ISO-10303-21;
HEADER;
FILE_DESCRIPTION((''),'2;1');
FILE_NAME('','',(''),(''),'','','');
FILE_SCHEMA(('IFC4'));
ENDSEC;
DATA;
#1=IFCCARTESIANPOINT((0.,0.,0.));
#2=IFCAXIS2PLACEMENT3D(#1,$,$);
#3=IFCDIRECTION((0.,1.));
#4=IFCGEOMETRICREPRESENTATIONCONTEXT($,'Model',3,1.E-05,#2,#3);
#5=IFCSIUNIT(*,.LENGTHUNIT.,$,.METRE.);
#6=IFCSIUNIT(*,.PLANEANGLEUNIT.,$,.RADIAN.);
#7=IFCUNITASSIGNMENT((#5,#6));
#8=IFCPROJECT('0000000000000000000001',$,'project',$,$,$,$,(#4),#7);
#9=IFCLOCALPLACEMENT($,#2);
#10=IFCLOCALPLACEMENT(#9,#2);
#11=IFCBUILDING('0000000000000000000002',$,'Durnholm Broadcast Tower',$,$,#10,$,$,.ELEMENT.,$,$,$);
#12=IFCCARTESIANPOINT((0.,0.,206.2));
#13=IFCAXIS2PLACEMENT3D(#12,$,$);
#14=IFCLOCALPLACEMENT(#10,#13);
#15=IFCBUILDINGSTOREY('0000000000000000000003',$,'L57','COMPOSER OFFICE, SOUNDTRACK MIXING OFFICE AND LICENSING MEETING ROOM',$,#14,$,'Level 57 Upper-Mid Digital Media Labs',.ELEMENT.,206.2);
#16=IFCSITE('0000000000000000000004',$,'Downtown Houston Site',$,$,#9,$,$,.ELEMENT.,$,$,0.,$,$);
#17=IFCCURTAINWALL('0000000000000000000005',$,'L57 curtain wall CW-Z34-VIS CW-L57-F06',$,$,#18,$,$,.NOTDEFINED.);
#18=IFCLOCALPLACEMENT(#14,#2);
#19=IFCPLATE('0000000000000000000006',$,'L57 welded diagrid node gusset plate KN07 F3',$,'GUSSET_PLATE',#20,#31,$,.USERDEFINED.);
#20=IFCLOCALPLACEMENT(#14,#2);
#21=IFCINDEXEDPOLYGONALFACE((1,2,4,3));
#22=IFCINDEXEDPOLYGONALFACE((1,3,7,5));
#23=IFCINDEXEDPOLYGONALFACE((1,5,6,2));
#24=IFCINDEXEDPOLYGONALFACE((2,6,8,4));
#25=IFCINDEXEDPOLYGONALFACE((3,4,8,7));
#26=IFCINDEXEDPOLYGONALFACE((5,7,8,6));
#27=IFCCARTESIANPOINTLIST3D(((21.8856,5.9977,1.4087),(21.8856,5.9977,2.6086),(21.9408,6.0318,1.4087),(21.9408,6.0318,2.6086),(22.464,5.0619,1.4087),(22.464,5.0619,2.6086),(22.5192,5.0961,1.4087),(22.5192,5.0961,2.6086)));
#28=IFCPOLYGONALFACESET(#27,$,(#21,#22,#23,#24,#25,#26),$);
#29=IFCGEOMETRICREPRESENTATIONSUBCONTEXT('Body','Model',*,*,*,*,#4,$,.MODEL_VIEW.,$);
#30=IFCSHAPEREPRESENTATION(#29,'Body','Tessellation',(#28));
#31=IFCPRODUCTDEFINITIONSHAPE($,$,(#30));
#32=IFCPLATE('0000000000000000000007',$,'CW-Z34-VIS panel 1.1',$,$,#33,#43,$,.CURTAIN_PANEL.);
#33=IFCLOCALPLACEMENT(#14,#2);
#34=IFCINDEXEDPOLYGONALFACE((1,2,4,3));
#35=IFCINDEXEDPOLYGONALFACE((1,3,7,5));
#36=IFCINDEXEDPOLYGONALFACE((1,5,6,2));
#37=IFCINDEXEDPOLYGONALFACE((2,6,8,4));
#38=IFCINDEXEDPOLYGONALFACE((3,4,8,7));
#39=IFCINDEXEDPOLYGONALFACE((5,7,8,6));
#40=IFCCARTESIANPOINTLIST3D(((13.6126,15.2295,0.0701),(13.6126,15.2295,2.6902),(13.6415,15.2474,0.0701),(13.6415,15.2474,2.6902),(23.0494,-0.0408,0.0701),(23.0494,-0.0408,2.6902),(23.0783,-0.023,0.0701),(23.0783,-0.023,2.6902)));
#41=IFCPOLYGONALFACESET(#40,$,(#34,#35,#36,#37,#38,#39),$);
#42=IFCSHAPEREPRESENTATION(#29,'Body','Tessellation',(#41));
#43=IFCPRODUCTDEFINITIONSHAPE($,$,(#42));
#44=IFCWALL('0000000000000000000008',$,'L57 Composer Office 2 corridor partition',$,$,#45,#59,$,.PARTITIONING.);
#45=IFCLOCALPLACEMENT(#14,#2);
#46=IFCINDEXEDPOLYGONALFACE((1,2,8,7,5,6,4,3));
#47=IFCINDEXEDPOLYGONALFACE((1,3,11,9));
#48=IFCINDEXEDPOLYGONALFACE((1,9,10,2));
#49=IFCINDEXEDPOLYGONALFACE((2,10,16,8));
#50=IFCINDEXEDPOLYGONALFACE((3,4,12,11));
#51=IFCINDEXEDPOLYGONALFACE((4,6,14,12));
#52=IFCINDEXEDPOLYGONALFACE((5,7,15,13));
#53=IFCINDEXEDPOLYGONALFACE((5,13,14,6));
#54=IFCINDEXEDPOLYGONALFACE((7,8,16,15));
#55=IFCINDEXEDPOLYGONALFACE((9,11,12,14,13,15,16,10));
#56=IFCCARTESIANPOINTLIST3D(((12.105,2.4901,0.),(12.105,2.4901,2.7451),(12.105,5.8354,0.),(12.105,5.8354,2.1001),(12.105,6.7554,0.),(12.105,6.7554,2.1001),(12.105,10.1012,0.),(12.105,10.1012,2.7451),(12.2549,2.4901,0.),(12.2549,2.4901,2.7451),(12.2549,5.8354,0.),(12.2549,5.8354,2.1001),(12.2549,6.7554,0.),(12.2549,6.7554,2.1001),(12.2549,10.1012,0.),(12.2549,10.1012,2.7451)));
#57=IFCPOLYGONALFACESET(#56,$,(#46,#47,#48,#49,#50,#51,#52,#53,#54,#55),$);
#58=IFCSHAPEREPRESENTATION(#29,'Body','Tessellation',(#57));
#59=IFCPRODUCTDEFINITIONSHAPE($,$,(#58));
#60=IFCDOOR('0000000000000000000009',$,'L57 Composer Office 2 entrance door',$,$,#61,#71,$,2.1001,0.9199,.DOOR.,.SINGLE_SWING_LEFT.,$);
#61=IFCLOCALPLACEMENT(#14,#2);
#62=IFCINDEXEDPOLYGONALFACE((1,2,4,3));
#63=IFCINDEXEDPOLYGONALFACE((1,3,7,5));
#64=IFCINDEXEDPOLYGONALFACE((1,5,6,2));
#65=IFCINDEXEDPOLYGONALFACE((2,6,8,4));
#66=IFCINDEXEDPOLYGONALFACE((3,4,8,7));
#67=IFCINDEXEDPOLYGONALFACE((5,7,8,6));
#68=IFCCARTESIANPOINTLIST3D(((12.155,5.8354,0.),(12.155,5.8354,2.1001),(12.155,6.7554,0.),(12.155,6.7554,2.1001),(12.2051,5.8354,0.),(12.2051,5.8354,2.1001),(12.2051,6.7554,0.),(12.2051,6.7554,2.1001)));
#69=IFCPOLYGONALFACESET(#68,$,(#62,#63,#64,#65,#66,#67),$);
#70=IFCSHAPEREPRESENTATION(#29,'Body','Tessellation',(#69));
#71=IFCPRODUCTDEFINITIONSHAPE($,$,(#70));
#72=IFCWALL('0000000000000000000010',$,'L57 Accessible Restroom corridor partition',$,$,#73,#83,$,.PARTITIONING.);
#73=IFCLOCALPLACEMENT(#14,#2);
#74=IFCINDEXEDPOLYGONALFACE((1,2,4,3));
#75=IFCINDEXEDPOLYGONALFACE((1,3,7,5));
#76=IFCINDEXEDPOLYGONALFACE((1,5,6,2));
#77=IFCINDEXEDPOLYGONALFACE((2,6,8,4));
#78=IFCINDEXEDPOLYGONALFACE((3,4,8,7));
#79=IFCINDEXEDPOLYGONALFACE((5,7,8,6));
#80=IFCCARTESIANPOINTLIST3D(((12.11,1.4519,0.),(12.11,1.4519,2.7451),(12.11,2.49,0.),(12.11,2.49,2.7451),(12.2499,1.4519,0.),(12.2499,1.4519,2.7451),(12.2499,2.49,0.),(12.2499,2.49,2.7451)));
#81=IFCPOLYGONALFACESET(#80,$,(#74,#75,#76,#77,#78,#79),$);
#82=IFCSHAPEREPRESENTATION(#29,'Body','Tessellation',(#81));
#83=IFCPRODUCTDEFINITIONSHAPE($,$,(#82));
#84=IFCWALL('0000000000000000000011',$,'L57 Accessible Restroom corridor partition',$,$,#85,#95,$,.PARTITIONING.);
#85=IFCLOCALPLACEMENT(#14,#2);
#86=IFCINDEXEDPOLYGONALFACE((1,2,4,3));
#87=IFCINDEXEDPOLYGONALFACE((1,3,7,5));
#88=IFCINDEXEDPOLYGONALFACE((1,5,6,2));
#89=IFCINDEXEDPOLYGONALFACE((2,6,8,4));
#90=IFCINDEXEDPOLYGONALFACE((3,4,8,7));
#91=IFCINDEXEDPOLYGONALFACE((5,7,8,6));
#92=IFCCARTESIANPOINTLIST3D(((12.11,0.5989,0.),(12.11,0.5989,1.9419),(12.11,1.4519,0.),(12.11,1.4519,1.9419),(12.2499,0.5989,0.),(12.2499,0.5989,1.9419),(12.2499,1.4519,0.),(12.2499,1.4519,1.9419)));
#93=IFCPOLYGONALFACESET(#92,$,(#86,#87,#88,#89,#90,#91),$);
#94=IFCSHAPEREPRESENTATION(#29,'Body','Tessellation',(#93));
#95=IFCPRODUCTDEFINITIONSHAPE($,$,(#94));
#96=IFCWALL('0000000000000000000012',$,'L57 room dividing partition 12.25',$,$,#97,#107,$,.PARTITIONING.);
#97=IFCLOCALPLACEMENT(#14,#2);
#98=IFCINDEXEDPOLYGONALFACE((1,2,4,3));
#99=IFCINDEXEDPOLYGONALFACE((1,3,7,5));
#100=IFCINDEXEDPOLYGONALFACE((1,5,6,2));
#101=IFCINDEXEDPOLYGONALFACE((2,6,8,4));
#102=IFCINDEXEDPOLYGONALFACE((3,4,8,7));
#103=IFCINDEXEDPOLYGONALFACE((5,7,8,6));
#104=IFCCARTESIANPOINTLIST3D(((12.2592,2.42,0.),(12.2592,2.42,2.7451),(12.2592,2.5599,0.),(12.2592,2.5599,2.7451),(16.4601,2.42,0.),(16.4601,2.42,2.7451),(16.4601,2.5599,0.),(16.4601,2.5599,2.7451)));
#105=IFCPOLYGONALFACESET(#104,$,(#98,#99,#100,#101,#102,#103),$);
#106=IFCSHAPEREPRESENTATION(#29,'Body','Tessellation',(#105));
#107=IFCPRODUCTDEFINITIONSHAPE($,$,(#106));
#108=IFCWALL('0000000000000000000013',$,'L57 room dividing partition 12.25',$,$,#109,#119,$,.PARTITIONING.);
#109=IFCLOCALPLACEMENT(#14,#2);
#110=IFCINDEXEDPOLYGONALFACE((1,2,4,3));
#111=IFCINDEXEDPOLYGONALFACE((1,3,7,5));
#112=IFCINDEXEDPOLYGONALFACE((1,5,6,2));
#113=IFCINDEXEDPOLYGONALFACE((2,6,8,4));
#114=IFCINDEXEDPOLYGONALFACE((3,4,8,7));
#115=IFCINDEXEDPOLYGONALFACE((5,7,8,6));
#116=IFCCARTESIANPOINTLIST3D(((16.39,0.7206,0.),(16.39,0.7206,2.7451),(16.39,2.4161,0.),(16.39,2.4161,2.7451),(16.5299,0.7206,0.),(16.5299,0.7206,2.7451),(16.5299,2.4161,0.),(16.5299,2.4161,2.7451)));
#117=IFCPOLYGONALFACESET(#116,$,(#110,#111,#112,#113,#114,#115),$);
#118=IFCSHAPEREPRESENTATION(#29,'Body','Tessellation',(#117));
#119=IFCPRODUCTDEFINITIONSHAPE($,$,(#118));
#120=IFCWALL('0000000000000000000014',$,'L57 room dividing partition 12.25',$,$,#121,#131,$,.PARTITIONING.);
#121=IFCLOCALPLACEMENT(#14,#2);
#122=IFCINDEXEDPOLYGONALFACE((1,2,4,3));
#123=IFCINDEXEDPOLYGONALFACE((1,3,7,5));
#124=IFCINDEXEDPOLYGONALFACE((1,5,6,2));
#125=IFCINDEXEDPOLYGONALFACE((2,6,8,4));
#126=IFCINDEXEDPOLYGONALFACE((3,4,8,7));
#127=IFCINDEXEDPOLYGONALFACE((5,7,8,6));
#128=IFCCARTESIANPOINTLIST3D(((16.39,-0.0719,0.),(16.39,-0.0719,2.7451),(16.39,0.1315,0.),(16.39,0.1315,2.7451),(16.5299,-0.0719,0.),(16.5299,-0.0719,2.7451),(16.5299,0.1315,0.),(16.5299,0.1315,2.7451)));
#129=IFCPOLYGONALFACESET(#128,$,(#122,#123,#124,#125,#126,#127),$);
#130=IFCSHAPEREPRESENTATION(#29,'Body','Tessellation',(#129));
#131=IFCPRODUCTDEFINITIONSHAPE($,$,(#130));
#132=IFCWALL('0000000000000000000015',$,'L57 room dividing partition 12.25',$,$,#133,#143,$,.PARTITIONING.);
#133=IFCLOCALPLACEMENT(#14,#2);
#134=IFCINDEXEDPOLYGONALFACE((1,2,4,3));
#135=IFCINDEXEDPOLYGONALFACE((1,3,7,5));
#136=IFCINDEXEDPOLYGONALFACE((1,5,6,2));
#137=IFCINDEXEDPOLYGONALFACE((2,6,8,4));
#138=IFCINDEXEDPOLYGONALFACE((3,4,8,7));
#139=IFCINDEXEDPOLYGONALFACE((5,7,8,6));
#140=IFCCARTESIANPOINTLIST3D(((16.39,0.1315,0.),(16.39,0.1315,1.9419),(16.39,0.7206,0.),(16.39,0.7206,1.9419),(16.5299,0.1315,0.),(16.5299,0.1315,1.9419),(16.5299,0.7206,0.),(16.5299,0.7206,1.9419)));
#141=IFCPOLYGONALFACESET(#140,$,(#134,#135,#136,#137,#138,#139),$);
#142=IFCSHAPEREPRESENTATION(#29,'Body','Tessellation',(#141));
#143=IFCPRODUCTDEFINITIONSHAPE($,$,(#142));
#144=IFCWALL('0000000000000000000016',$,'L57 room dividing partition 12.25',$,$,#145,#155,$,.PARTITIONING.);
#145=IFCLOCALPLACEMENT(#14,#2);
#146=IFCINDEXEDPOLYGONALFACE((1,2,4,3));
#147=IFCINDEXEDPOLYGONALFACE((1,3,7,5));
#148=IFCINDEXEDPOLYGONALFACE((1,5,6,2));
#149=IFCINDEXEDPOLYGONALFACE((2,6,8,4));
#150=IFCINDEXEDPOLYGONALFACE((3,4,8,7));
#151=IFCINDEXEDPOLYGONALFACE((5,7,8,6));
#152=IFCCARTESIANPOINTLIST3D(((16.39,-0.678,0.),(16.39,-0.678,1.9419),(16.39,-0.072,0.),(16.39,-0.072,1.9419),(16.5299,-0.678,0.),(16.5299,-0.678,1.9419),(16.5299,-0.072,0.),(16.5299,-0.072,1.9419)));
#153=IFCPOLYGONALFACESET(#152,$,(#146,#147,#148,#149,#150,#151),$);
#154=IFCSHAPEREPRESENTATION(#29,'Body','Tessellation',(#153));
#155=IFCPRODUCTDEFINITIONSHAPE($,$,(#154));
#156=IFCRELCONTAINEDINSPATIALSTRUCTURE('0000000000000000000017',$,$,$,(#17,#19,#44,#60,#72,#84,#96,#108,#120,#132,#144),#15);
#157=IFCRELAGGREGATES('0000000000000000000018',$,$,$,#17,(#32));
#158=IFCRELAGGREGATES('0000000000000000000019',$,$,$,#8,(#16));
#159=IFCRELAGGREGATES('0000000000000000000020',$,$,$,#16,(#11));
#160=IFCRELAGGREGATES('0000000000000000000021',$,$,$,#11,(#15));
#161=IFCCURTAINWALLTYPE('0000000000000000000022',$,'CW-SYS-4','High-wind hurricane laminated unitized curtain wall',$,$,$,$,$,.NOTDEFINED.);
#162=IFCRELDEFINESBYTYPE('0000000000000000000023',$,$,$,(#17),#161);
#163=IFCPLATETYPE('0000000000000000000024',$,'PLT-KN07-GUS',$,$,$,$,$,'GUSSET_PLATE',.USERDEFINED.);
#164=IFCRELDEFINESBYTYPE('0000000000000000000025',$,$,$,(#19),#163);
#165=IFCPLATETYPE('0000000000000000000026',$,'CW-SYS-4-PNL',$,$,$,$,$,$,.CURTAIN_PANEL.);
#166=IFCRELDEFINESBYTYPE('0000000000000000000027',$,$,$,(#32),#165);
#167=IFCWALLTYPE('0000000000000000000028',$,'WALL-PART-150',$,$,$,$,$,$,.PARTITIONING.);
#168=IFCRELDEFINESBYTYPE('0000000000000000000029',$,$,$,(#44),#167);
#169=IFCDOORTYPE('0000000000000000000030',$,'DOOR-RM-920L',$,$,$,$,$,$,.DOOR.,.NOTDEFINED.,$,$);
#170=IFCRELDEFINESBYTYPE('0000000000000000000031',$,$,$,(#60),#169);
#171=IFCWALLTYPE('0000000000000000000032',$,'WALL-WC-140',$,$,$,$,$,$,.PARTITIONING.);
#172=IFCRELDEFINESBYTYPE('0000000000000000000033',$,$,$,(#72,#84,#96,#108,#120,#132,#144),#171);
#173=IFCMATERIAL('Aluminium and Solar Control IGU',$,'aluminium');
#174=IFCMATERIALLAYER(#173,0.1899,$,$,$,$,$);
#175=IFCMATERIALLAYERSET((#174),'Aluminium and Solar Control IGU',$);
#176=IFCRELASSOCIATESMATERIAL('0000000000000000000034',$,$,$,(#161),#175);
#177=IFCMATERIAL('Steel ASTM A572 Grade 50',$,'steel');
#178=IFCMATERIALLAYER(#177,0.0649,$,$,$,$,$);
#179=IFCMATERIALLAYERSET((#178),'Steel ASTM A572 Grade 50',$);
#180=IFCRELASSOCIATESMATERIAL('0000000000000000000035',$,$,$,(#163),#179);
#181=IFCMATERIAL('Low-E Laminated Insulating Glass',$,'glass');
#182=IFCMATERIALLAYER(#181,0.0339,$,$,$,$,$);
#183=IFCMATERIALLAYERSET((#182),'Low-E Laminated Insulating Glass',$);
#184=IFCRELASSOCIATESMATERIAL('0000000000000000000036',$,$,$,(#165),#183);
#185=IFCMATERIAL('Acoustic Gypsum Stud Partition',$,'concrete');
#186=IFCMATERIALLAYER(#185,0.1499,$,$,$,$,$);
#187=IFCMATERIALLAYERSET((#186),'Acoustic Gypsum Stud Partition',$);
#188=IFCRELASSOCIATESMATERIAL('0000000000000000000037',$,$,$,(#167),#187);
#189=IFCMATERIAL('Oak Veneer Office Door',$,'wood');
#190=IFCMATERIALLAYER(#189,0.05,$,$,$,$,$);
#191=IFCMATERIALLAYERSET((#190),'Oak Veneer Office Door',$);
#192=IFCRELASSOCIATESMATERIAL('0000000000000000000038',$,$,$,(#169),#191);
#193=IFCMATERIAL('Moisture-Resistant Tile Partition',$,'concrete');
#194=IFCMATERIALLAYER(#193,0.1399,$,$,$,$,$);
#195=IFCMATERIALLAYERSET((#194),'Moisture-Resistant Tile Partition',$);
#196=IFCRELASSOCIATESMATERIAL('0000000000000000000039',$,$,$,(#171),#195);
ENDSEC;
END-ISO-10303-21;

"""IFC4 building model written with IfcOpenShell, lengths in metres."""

from ifc_helpers import new_model, si_unit, direction, frame, frame_2d, origin, origin_2d, place, context, subcontext, project, spatial, rectangle, extrude, source, transform, mapped, material, layer, layer_set, type_object, type_shapes, element, fill, aggregate, save


model = new_model("IFC4")

# Units and contexts
model_context = context("Model", 3, precision=1e-05, world=origin(), true_north=direction((0.0, 1.0)))
body_context = subcontext(model_context, "Body", "Model", "MODEL_VIEW")
ifc_project = project(units=[si_unit("LENGTHUNIT", "METRE"), si_unit("PLANEANGLEUNIT", "RADIAN")], contexts=[model_context])

# Site, building, storey
site_placement = place(None, origin())
site = spatial("IfcSite", under=ifc_project, at=site_placement, Name="Downtown Houston Site", CompositionType="ELEMENT", RefElevation=0.0)
building_placement = place(site_placement, origin())
building = spatial("IfcBuilding", under=site, at=building_placement, Name="Durnholm Broadcast Tower", CompositionType="ELEMENT")
storey_placement = place(building_placement, frame((0.0, 0.0, 206.2)))
storey = spatial("IfcBuildingStorey", under=building, at=storey_placement, Name="L57", Description="COMPOSER OFFICE, SOUNDTRACK MIXING OFFICE AND LICENSING MEETING ROOM", LongName="Level 57 Upper-Mid Digital Media Labs", CompositionType="ELEMENT", Elevation=206.2)

# Shared definitions
ifc_material_1 = material(Name="Aluminium and Solar Control IGU", Category="aluminium")

# Curtain wall
ifc_layer_1 = layer(ifc_material_1, 0.1899)
ifc_layer_set_1 = layer_set([ifc_layer_1], Name="Aluminium and Solar Control IGU")
curtain_wall_type_1 = type_object("IfcCurtainWallType", Name="CW-SYS-4", Description="High-wind hurricane laminated unitized curtain wall", PredefinedType="NOTDEFINED", material=ifc_layer_set_1)
curtain_wall_1_placement = place(storey_placement, origin())
curtain_wall_1 = element("IfcCurtainWall", 1, at=curtain_wall_1_placement, inside=storey, type_object=curtain_wall_type_1, Name="L57 curtain wall CW-Z34-VIS CW-L57-F06", PredefinedType="NOTDEFINED")

# Plate
ifc_material_2 = material(Name="Steel ASTM A572 Grade 50", Category="steel")
ifc_layer_2 = layer(ifc_material_2, 0.0649)
ifc_layer_set_2 = layer_set([ifc_layer_2], Name="Steel ASTM A572 Grade 50")
plate_type_1 = type_object("IfcPlateType", Name="PLT-KN07-GUS", ElementType="GUSSET_PLATE", PredefinedType="USERDEFINED", material=ifc_layer_set_2)
shared_shape_1 = source(origin(), body_context, "Body", "SweptSolid", [
    extrude(rectangle(XDim=1.1001, YDim=0.0649, at=origin_2d()), origin(), (0.0, 0.0, 1.0), 1.2),
])
type_shapes(plate_type_1, [shared_shape_1])
plate_1_placement = place(storey_placement, frame((22.2024, 5.5469, 1.4087), z_axis=(0.0, 0.0, 1.0), x_axis=(-0.525769, 0.850628, 0.0)))
element("IfcPlate", 2, at=plate_1_placement, inside=storey, type_object=plate_type_1, Name="L57 welded diagrid node gusset plate KN07 F3", ObjectType="GUSSET_PLATE", PredefinedType="USERDEFINED", context=body_context, shape_type="MappedRepresentation", body=[
    mapped(shared_shape_1, transform((0.0, 0.0, 0.0), x_axis=(1.0, 0.0, 0.0), y_axis=(0.0, 1.0, 0.0), z_axis=(0.0, 0.0, 1.0), scale=1.0)),
])

# Plate
ifc_material_3 = material(Name="Low-E Laminated Insulating Glass", Category="glass")
ifc_layer_3 = layer(ifc_material_3, 0.0339)
ifc_layer_set_3 = layer_set([ifc_layer_3], Name="Low-E Laminated Insulating Glass")
plate_type_2 = type_object("IfcPlateType", Name="CW-SYS-4-PNL", PredefinedType="CURTAIN_PANEL", material=ifc_layer_set_3)
shared_shape_2 = source(origin(), body_context, "Body", "SweptSolid", [
    extrude(rectangle(XDim=17.9509, YDim=0.0339, at=origin_2d()), origin(), (0.0, 0.0, 1.0), 2.6201),
])
type_shapes(plate_type_2, [shared_shape_2])
plate_2_placement = place(storey_placement, frame((18.3455, 7.6033, 0.0701), z_axis=(0.0, 0.0, 1.0), x_axis=(0.525698, -0.850671, 0.0)))
plate_2 = element("IfcPlate", 3, at=plate_2_placement, type_object=plate_type_2, Name="CW-Z34-VIS panel 1.1", PredefinedType="CURTAIN_PANEL", context=body_context, shape_type="MappedRepresentation", body=[
    mapped(shared_shape_2, transform((0.0, 0.0, 0.0), x_axis=(1.0, 0.0, 0.0), y_axis=(0.0, 1.0, 0.0), z_axis=(0.0, 0.0, 1.0), scale=1.0)),
])
aggregate(curtain_wall_1, [plate_2])

# Wall, opening, door
ifc_material_4 = material(Name="Acoustic Gypsum Stud Partition", Category="concrete")
ifc_layer_4 = layer(ifc_material_4, 0.1499)
ifc_layer_set_4 = layer_set([ifc_layer_4], Name="Acoustic Gypsum Stud Partition")
wall_type_1 = type_object("IfcWallType", Name="WALL-PART-150", PredefinedType="PARTITIONING", material=ifc_layer_set_4)
wall_1_placement = place(storey_placement, frame((12.1799, 2.49, 0.0), z_axis=(0.0, 0.0, 1.0), x_axis=(0.0, 1.0, 0.0)))
wall_1 = element("IfcWall", 4, at=wall_1_placement, inside=storey, type_object=wall_type_1, Name="L57 Composer Office 2 corridor partition", PredefinedType="PARTITIONING", context=body_context, shape_type="SweptSolid", body=[
    extrude(rectangle(XDim=7.6111, YDim=0.1499, at=frame_2d((3.8057, 0.0))), origin(), (0.0, 0.0, 1.0), 2.7451),
])
opening_placement = place(wall_1_placement, frame((3.3455, 0.0, 0.0)))
opening = element("IfcOpeningElement", 5, at=opening_placement, cuts=wall_1, PredefinedType="OPENING", context=body_context, shape_type="SweptSolid", body=[
    extrude(rectangle(XDim=0.9199, YDim=2.1001, at=frame_2d((0.46, 1.05))), frame((0.0, 0.085, 0.0), z_axis=(0.0, -1.0, 0.0), x_axis=(1.0, 0.0, 0.0)), (0.0, 0.0, 1.0), 0.1699),
])
ifc_material_5 = material(Name="Oak Veneer Office Door", Category="wood")
ifc_layer_5 = layer(ifc_material_5, 0.05)
ifc_layer_set_5 = layer_set([ifc_layer_5], Name="Oak Veneer Office Door")
door_type = type_object("IfcDoorType", Name="DOOR-RM-920L", OperationType="NOTDEFINED", PredefinedType="DOOR", material=ifc_layer_set_5)
shared_shape_3 = source(origin(), body_context, "Body", "SweptSolid", [
    extrude(rectangle(XDim=0.9199, YDim=2.1001, at=frame_2d((0.46, 1.05))), frame((0.0, 0.0249, 0.0), z_axis=(0.0, -1.0, 0.0), x_axis=(1.0, 0.0, 0.0)), (0.0, 0.0, 1.0), 0.05),
])
type_shapes(door_type, [shared_shape_3])
door_placement = place(opening_placement, origin())
door = element("IfcDoor", 6, at=door_placement, inside=storey, type_object=door_type, Name="L57 Composer Office 2 entrance door", OperationType="SINGLE_SWING_LEFT", OverallHeight=2.1001, OverallWidth=0.9199, PredefinedType="DOOR", context=body_context, shape_type="MappedRepresentation", body=[
    mapped(shared_shape_3, transform((0.0, 0.0, 0.0), x_axis=(1.0, 0.0, 0.0), y_axis=(0.0, 1.0, 0.0), z_axis=(0.0, 0.0, 1.0), scale=1.0)),
])
fill(opening, door)

# Walls
ifc_material_6 = material(Name="Moisture-Resistant Tile Partition", Category="concrete")
ifc_layer_6 = layer(ifc_material_6, 0.1399)
ifc_layer_set_6 = layer_set([ifc_layer_6], Name="Moisture-Resistant Tile Partition")
wall_type_2 = type_object("IfcWallType", Name="WALL-WC-140", PredefinedType="PARTITIONING", material=ifc_layer_set_6)
wall_2_placement = place(storey_placement, frame((12.1799, 1.4519, 0.0), z_axis=(0.0, 0.0, 1.0), x_axis=(0.0, 1.0, 0.0)))
element("IfcWall", 7, at=wall_2_placement, inside=storey, type_object=wall_type_2, Name="L57 Accessible Restroom corridor partition", PredefinedType="PARTITIONING", context=body_context, shape_type="SweptSolid", body=[
    extrude(rectangle(XDim=1.0381, YDim=0.1399, at=frame_2d((0.519, 0.0))), origin(), (0.0, 0.0, 1.0), 2.7451),
])
wall_3_placement = place(storey_placement, frame((12.1799, 0.5989, 0.0), z_axis=(0.0, 0.0, 1.0), x_axis=(0.0, 1.0, 0.0)))
element("IfcWall", 8, at=wall_3_placement, inside=storey, type_object=wall_type_2, Name="L57 Accessible Restroom corridor partition", PredefinedType="PARTITIONING", context=body_context, shape_type="SweptSolid", body=[
    extrude(rectangle(XDim=0.853, YDim=0.1399, at=frame_2d((0.4265, 0.0))), origin(), (0.0, 0.0, 1.0), 1.9419),
])
wall_4_placement = place(storey_placement, frame((12.259, 2.49, 0.0), z_axis=(0.0, 0.0, 1.0), x_axis=(1.0, 0.0, 0.0)))
element("IfcWall", 9, at=wall_4_placement, inside=storey, type_object=wall_type_2, Name="L57 room dividing partition 12.25", PredefinedType="PARTITIONING", context=body_context, shape_type="SweptSolid", body=[
    extrude(rectangle(XDim=4.2009, YDim=0.1399, at=frame_2d((2.1006, 0.0))), origin(), (0.0, 0.0, 1.0), 2.7451),
])
wall_5_placement = place(storey_placement, frame((16.46, 2.416, 0.0), z_axis=(0.0, 0.0, 1.0), x_axis=(0.0, -1.0, 0.0)))
element("IfcWall", 10, at=wall_5_placement, inside=storey, type_object=wall_type_2, Name="L57 room dividing partition 12.25", PredefinedType="PARTITIONING", context=body_context, shape_type="SweptSolid", body=[
    extrude(rectangle(XDim=1.6956, YDim=0.1399, at=frame_2d((0.8477, 0.0))), origin(), (0.0, 0.0, 1.0), 2.7451),
])
wall_6_placement = place(storey_placement, frame((16.46, 0.1313, 0.0), z_axis=(0.0, 0.0, 1.0), x_axis=(0.0, -1.0, 0.0)))
element("IfcWall", 11, at=wall_6_placement, inside=storey, type_object=wall_type_2, Name="L57 room dividing partition 12.25", PredefinedType="PARTITIONING", context=body_context, shape_type="SweptSolid", body=[
    extrude(rectangle(XDim=0.2034, YDim=0.1399, at=frame_2d((0.1016, 0.0))), origin(), (0.0, 0.0, 1.0), 2.7451),
])
wall_7_placement = place(storey_placement, frame((16.46, 0.7205, 0.0), z_axis=(0.0, 0.0, 1.0), x_axis=(0.0, -1.0, 0.0)))
element("IfcWall", 12, at=wall_7_placement, inside=storey, type_object=wall_type_2, Name="L57 room dividing partition 12.25", PredefinedType="PARTITIONING", context=body_context, shape_type="SweptSolid", body=[
    extrude(rectangle(XDim=0.5891, YDim=0.1399, at=frame_2d((0.2944, 0.0))), origin(), (0.0, 0.0, 1.0), 1.9419),
])
wall_8_placement = place(storey_placement, frame((16.46, -0.072, 0.0), z_axis=(0.0, 0.0, 1.0), x_axis=(0.0, -1.0, 0.0)))
element("IfcWall", 13, at=wall_8_placement, inside=storey, type_object=wall_type_2, Name="L57 room dividing partition 12.25", PredefinedType="PARTITIONING", context=body_context, shape_type="SweptSolid", body=[
    extrude(rectangle(XDim=0.606, YDim=0.1399, at=frame_2d((0.303, 0.0))), origin(), (0.0, 0.0, 1.0), 1.9419),
])

save(model, "model.ifc")
